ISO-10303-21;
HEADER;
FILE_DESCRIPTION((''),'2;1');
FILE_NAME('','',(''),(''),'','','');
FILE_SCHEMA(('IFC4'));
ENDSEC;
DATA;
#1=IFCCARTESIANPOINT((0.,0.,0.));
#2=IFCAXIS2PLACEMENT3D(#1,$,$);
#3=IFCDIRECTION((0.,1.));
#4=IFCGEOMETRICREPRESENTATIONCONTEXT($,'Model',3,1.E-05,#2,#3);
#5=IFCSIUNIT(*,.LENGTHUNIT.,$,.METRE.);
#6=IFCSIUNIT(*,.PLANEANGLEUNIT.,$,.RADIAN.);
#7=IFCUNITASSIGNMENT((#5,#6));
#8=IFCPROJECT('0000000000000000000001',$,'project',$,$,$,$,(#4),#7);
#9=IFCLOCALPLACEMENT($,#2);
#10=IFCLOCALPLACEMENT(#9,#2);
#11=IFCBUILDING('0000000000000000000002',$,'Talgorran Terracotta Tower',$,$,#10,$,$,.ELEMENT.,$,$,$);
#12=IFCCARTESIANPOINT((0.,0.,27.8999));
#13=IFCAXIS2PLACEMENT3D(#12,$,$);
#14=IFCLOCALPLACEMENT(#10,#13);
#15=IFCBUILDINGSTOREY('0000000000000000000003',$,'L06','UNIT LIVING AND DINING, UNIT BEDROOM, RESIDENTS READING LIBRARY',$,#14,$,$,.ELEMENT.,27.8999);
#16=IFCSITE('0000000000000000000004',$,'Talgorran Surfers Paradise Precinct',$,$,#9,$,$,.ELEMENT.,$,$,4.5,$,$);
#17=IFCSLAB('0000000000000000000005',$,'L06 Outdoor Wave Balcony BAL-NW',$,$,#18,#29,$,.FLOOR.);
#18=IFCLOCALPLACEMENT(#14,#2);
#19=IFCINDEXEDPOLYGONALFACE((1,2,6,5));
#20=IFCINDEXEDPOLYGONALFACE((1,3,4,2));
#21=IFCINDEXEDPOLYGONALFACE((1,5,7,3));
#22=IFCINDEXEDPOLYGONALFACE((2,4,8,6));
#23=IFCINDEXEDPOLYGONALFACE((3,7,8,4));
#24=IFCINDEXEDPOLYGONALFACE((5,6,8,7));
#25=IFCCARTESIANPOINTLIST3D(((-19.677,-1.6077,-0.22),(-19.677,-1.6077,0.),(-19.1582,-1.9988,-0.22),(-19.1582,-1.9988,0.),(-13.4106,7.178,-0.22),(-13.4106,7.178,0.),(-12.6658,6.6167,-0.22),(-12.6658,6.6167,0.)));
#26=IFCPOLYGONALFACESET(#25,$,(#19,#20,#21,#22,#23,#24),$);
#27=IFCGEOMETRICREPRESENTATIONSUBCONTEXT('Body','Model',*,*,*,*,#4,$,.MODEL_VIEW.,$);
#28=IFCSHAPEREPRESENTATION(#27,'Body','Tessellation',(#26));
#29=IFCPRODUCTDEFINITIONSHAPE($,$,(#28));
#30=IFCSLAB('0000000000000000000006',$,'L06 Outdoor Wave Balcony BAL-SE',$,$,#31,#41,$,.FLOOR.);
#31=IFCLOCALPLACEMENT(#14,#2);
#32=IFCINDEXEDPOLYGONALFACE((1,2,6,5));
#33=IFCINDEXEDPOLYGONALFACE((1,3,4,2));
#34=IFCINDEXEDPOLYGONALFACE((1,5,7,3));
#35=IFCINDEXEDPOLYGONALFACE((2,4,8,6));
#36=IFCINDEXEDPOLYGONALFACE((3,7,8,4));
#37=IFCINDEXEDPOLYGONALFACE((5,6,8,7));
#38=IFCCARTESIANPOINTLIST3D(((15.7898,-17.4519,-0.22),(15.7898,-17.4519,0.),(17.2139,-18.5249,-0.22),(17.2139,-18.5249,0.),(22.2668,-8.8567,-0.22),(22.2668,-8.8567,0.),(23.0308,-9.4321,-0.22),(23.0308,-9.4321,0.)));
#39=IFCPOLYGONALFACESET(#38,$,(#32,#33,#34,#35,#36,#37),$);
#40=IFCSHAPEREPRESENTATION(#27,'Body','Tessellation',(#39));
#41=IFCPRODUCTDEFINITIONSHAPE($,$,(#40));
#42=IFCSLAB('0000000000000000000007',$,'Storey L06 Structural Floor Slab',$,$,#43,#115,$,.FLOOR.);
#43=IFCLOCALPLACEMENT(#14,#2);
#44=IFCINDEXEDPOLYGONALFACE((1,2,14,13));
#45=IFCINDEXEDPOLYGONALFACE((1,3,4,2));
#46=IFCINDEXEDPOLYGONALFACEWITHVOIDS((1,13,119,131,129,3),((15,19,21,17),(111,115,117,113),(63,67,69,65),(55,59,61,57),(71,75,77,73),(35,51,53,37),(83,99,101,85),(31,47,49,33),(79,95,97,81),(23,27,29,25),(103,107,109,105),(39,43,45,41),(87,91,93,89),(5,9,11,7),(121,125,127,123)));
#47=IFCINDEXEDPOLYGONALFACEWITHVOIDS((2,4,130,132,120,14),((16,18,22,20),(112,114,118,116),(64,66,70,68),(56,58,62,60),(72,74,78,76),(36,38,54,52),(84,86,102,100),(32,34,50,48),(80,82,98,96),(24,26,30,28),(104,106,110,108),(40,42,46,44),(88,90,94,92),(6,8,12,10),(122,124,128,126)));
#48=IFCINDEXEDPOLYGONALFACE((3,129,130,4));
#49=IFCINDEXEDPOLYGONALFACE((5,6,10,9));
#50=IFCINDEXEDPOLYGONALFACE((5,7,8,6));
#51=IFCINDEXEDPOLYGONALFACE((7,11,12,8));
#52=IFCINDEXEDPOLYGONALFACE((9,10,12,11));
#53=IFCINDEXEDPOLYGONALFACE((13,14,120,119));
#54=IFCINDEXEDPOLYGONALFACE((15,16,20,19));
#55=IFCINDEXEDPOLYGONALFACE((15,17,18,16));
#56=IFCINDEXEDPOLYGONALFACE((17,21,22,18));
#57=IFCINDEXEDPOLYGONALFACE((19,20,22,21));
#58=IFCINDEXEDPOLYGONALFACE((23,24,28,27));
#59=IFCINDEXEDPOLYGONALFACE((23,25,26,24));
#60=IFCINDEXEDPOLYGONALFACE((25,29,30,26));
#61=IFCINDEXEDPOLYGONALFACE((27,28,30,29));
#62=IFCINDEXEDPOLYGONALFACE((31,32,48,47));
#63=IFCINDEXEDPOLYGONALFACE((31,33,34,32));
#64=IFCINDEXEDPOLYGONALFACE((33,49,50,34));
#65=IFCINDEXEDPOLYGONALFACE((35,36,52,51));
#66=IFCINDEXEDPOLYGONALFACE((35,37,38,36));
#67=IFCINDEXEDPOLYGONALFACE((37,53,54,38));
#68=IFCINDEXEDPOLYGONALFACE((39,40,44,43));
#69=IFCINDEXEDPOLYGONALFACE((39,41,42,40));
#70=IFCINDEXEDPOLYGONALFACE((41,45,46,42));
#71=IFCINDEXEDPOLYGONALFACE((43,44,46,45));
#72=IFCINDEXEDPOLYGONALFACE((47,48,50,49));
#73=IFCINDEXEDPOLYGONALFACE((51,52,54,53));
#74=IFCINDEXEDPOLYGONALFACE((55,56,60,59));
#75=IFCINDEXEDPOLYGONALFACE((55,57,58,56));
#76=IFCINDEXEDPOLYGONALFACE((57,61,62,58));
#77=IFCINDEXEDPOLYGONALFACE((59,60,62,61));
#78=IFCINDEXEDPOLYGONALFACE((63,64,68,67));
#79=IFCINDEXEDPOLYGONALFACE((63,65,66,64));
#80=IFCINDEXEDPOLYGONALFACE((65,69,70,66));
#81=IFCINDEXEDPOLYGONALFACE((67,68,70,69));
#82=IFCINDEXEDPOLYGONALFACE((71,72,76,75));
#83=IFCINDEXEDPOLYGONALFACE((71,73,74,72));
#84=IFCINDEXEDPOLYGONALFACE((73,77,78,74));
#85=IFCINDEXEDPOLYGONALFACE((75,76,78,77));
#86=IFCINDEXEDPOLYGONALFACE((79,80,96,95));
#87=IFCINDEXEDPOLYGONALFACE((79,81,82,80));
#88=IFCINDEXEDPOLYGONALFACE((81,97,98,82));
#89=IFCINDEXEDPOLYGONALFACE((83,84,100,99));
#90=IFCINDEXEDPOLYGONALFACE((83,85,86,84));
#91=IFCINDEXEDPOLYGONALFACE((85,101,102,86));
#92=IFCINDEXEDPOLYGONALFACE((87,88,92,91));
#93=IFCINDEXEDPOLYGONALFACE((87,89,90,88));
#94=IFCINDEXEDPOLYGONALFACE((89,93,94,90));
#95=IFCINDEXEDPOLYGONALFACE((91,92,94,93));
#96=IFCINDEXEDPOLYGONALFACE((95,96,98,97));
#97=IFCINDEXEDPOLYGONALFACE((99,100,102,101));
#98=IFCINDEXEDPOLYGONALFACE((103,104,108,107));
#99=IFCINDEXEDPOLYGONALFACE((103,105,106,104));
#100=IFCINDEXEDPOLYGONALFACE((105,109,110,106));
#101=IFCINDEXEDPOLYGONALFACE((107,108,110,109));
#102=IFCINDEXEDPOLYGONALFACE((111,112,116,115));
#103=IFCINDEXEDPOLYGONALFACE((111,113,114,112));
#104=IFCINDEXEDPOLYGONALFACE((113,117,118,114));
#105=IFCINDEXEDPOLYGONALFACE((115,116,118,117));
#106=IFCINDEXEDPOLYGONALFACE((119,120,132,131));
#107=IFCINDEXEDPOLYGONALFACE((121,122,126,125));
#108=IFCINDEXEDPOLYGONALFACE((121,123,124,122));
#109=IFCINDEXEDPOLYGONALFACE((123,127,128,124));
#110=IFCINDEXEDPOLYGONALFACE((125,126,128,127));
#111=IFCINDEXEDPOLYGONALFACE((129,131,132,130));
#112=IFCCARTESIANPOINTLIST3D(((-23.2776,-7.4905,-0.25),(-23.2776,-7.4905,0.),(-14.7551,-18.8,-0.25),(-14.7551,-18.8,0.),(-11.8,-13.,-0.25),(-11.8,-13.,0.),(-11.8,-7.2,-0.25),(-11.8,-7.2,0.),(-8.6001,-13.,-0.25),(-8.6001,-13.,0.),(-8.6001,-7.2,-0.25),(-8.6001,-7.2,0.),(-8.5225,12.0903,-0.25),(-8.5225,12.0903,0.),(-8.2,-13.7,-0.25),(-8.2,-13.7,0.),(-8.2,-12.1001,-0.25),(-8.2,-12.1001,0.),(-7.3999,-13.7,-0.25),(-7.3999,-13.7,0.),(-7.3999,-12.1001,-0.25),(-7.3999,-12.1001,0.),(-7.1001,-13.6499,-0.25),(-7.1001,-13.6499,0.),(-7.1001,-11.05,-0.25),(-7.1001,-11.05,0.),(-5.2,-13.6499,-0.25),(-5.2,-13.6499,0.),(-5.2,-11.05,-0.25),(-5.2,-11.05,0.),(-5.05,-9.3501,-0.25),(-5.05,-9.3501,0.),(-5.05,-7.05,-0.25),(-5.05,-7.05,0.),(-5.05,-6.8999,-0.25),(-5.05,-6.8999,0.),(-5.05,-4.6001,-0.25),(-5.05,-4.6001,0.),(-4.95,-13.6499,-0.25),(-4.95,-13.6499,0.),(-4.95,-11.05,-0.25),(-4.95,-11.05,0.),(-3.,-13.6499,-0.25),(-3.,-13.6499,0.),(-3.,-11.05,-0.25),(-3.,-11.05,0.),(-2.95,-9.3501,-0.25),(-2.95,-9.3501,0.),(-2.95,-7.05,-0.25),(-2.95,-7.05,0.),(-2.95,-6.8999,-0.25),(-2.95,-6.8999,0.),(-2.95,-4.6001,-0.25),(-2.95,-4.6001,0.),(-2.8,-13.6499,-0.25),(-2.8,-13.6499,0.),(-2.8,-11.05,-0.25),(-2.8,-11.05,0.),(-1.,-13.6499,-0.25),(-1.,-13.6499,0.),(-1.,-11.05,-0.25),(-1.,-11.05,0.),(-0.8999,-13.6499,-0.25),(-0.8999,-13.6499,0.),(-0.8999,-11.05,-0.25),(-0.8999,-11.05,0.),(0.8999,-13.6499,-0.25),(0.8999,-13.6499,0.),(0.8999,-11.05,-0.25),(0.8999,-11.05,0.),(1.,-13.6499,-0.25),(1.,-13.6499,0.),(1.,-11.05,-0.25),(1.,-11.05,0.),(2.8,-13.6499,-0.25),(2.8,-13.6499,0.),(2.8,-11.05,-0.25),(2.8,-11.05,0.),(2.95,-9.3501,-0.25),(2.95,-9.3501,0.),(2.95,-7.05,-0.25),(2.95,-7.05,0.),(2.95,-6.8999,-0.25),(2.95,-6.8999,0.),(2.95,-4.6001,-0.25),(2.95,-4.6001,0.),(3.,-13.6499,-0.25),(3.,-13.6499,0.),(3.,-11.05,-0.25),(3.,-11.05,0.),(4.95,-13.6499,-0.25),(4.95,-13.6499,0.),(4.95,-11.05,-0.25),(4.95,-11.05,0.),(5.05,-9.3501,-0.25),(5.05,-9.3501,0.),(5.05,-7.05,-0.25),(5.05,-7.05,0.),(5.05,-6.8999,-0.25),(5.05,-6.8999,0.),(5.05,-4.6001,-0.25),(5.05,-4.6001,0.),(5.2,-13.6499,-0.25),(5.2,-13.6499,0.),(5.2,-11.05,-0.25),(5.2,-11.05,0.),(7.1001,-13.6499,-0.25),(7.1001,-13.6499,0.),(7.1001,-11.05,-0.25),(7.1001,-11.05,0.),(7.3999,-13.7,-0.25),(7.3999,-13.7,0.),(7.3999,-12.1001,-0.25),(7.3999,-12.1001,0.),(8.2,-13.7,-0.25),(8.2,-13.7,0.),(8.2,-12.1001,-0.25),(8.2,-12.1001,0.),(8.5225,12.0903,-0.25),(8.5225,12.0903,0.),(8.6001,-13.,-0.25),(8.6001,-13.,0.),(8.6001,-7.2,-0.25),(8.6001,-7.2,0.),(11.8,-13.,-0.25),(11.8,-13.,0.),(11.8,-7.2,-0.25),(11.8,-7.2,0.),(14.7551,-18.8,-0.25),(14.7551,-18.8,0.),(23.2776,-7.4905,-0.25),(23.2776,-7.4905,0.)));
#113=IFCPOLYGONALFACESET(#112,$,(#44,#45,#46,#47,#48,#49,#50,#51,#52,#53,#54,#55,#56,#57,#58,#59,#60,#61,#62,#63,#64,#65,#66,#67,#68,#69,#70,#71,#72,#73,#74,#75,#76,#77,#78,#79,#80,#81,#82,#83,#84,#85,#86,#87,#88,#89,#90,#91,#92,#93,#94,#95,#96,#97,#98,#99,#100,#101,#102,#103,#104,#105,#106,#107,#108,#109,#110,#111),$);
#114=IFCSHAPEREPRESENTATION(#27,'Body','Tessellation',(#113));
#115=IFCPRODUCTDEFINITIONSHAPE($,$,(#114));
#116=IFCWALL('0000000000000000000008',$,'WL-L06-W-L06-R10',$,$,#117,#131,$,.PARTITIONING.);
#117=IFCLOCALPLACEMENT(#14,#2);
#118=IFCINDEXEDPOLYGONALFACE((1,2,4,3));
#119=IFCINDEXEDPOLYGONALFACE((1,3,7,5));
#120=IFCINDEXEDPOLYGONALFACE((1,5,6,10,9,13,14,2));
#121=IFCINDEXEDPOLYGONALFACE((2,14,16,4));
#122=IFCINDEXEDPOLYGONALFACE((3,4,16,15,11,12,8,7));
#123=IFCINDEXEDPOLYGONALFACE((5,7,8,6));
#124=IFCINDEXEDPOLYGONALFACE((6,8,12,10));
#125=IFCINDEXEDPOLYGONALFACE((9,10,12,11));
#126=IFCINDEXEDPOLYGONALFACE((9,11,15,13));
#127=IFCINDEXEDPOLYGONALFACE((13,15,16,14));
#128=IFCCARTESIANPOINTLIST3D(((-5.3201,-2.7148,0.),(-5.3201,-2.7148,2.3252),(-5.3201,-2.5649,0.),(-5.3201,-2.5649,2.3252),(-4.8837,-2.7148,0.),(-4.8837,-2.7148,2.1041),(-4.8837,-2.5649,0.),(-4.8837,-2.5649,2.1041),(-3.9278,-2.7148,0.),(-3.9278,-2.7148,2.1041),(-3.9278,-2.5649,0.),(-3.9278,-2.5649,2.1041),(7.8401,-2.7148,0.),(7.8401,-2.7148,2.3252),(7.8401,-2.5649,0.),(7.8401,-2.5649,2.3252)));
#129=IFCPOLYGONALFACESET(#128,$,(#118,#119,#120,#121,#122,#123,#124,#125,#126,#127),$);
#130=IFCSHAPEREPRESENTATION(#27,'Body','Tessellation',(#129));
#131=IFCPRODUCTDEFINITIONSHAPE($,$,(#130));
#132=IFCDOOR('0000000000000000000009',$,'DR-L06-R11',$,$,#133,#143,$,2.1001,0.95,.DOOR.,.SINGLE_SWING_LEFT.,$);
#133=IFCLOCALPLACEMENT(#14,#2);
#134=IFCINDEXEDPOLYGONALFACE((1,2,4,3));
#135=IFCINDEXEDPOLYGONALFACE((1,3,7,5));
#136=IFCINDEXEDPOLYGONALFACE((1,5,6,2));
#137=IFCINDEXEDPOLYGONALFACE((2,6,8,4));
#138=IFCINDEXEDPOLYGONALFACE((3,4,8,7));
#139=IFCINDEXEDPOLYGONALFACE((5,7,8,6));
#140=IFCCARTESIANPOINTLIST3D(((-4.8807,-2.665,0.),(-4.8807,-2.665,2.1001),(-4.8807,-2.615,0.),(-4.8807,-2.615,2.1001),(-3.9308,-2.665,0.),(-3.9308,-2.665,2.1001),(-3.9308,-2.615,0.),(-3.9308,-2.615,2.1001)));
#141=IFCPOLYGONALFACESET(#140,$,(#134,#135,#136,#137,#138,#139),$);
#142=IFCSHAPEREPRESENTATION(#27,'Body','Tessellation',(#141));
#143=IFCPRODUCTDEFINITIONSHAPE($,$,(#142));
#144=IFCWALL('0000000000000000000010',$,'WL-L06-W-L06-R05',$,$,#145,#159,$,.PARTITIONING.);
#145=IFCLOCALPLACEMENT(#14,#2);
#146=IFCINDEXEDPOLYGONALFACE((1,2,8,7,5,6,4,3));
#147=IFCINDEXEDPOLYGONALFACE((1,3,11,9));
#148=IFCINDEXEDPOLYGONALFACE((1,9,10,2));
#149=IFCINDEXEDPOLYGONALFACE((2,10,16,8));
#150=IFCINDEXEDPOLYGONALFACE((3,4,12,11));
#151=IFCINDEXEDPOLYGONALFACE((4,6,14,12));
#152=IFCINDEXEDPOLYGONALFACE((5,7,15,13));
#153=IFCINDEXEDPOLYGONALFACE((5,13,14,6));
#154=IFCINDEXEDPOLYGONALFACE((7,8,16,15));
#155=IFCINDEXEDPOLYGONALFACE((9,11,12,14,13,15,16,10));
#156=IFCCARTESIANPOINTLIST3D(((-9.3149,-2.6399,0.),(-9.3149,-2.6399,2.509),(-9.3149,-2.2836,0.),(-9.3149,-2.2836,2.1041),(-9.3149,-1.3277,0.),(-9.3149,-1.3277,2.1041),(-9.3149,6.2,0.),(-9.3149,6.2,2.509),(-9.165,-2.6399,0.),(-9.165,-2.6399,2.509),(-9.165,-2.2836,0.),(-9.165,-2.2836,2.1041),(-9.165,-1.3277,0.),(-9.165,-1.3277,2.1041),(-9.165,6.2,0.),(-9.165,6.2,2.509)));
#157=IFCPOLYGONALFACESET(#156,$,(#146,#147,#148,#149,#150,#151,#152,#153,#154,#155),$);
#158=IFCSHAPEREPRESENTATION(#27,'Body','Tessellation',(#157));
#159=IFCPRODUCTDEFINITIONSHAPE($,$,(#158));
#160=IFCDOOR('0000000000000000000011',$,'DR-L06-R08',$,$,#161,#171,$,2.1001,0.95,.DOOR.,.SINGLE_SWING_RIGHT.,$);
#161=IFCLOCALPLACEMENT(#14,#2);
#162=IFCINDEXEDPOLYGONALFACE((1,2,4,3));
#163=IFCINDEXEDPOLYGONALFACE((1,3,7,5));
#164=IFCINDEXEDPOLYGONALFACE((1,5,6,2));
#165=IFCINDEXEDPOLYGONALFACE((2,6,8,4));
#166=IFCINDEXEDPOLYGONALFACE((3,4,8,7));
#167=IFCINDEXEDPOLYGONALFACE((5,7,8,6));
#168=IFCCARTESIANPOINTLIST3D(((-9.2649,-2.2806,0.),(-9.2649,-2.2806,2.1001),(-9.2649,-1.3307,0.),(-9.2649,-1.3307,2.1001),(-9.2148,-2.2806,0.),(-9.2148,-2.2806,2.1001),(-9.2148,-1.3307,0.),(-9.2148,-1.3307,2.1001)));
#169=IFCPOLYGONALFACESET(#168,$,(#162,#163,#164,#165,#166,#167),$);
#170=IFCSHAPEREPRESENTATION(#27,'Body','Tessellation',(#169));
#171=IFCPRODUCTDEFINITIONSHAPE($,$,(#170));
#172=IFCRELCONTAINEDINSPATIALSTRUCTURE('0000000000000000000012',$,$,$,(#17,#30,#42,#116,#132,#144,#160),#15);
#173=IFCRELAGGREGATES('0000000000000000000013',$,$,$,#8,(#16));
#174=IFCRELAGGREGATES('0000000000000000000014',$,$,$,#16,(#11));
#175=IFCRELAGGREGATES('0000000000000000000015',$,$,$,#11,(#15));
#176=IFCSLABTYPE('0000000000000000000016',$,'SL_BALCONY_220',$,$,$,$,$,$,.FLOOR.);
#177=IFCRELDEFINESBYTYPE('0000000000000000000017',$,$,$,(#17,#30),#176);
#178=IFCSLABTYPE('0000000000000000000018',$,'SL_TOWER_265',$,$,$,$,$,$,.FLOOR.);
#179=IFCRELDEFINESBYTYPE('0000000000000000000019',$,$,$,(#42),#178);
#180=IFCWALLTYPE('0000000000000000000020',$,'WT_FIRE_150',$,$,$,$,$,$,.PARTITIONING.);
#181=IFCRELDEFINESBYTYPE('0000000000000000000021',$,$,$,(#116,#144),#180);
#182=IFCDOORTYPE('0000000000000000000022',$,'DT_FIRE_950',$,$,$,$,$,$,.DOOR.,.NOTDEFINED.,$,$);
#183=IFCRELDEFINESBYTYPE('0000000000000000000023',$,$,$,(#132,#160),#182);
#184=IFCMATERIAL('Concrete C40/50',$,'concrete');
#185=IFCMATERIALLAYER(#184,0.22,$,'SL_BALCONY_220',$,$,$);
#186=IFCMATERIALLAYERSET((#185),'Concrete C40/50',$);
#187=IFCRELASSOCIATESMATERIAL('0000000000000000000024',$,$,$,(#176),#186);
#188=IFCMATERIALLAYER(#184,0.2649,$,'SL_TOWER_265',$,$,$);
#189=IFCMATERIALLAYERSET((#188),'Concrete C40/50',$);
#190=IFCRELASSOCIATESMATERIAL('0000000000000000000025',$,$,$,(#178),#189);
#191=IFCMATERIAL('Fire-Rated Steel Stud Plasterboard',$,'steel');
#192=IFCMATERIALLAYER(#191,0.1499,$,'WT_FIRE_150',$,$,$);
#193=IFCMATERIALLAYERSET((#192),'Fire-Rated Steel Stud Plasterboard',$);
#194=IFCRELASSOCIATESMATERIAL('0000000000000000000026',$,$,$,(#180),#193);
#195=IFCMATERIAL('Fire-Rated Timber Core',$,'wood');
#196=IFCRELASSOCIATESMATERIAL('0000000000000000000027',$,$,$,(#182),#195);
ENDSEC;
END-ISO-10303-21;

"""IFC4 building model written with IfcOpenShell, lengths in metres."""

from ifc_helpers import new_model, si_unit, direction, frame, frame_2d, origin, place, context, subcontext, project, spatial, polyline, rectangle, outline, extrude, material, layer, layer_set, type_object, element, fill, save


model = new_model("IFC4")

# Units and contexts
model_context = context("Model", 3, precision=1e-05, world=origin(), true_north=direction((0.0, 1.0)))
body_context = subcontext(model_context, "Body", "Model", "MODEL_VIEW")
ifc_project = project(units=[si_unit("LENGTHUNIT", "METRE"), si_unit("PLANEANGLEUNIT", "RADIAN")], contexts=[model_context])

# Site, building, storey
site_placement = place(None, origin())
site = spatial("IfcSite", under=ifc_project, at=site_placement, Name="Talgorran Surfers Paradise Precinct", CompositionType="ELEMENT", RefElevation=4.5)
building_placement = place(site_placement, origin())
building = spatial("IfcBuilding", under=site, at=building_placement, Name="Talgorran Terracotta Tower", CompositionType="ELEMENT")
storey_placement = place(building_placement, frame((0.0, 0.0, 27.8999)))
storey = spatial("IfcBuildingStorey", under=building, at=storey_placement, Name="L06", Description="UNIT LIVING AND DINING, UNIT BEDROOM, RESIDENTS READING LIBRARY", CompositionType="ELEMENT", Elevation=27.8999)

# Slabs
ifc_material_1 = material(Name="Concrete C40/50", Category="concrete")
ifc_layer_1 = layer(ifc_material_1, 0.22, Name="SL_BALCONY_220")
ifc_layer_set_1 = layer_set([ifc_layer_1], Name="Concrete C40/50")
slab_type_1 = type_object("IfcSlabType", Name="SL_BALCONY_220", PredefinedType="FLOOR", material=ifc_layer_set_1)
slab_1_placement = place(storey_placement, frame((0.0, 0.0, -0.22)))
element("IfcSlab", 1, at=slab_1_placement, inside=storey, type_object=slab_type_1, Name="L06 Outdoor Wave Balcony BAL-NW", PredefinedType="FLOOR", context=body_context, shape_type="SweptSolid", body=[
    extrude(outline(polyline([(-19.1582, -1.9988), (-12.6658, 6.6167), (-13.4106, 7.178), (-19.677, -1.6077), (-19.1582, -1.9988)])), origin(), (0.0, 0.0, 1.0), 0.22),
])
slab_2_placement = place(storey_placement, frame((0.0, 0.0, -0.22)))
element("IfcSlab", 2, at=slab_2_placement, inside=storey, type_object=slab_type_1, Name="L06 Outdoor Wave Balcony BAL-SE", PredefinedType="FLOOR", context=body_context, shape_type="SweptSolid", body=[
    extrude(outline(polyline([(22.2668, -8.8567), (15.7898, -17.4519), (17.2139, -18.5249), (23.0308, -9.4321), (22.2668, -8.8567)])), origin(), (0.0, 0.0, 1.0), 0.22),
])
ifc_layer_2 = layer(ifc_material_1, 0.2649, Name="SL_TOWER_265")
ifc_layer_set_2 = layer_set([ifc_layer_2], Name="Concrete C40/50")
slab_type_2 = type_object("IfcSlabType", Name="SL_TOWER_265", PredefinedType="FLOOR", material=ifc_layer_set_2)
slab_3_placement = place(storey_placement, frame((0.0, 0.0, -0.25)))
element("IfcSlab", 3, at=slab_3_placement, inside=storey, type_object=slab_type_2, Name="Storey L06 Structural Floor Slab", PredefinedType="FLOOR", context=body_context, shape_type="SweptSolid", body=[
    extrude(outline(polyline([(-23.2776, -7.4905), (-14.7551, -18.8), (14.7551, -18.8), (23.2776, -7.4905), (8.5225, 12.0903), (-8.5225, 12.0903), (-23.2776, -7.4905)]), holes=[polyline([(-11.8, -7.2), (-11.8, -13.0), (-8.6001, -13.0), (-8.6001, -7.2), (-11.8, -7.2)]), polyline([(8.6001, -7.2), (8.6001, -13.0), (11.8, -13.0), (11.8, -7.2), (8.6001, -7.2)]), polyline([(-7.1001, -13.6499), (-5.2, -13.6499), (-5.2, -11.05), (-7.1001, -11.05), (-7.1001, -13.6499)]), polyline([(5.2, -13.6499), (7.1001, -13.6499), (7.1001, -11.05), (5.2, -11.05), (5.2, -13.6499)]), polyline([(3.0, -13.6499), (4.95, -13.6499), (4.95, -11.05), (3.0, -11.05), (3.0, -13.6499)]), polyline([(-4.95, -13.6499), (-3.0, -13.6499), (-3.0, -11.05), (-4.95, -11.05), (-4.95, -13.6499)]), polyline([(-5.05, -9.3501), (-2.95, -9.3501), (-2.95, -7.05), (-5.05, -7.05), (-5.05, -9.3501)]), polyline([(-5.05, -6.8999), (-2.95, -6.8999), (-2.95, -4.6001), (-5.05, -4.6001), (-5.05, -6.8999)]), polyline([(2.95, -9.3501), (5.05, -9.3501), (5.05, -7.05), (2.95, -7.05), (2.95, -9.3501)]), polyline([(2.95, -6.8999), (5.05, -6.8999), (5.05, -4.6001), (2.95, -4.6001), (2.95, -6.8999)]), polyline([(-2.8, -13.6499), (-1.0, -13.6499), (-1.0, -11.05), (-2.8, -11.05), (-2.8, -13.6499)]), polyline([(-0.8999, -13.6499), (0.8999, -13.6499), (0.8999, -11.05), (-0.8999, -11.05), (-0.8999, -13.6499)]), polyline([(1.0, -13.6499), (2.8, -13.6499), (2.8, -11.05), (1.0, -11.05), (1.0, -13.6499)]), polyline([(-8.2, -13.7), (-7.3999, -13.7), (-7.3999, -12.1001), (-8.2, -12.1001), (-8.2, -13.7)]), polyline([(7.3999, -13.7), (8.2, -13.7), (8.2, -12.1001), (7.3999, -12.1001), (7.3999, -13.7)])]), origin(), (0.0, 0.0, 1.0), 0.25),
])

# Walls, openings, doors
ifc_material_2 = material(Name="Fire-Rated Steel Stud Plasterboard", Category="steel")
ifc_layer_3 = layer(ifc_material_2, 0.1499, Name="WT_FIRE_150")
ifc_layer_set_3 = layer_set([ifc_layer_3], Name="Fire-Rated Steel Stud Plasterboard")
wall_type_1 = type_object("IfcWallType", Name="WT_FIRE_150", PredefinedType="PARTITIONING", material=ifc_layer_set_3)
wall_1_placement = place(storey_placement, frame((-5.3201, -2.6399, 0.0), z_axis=(0.0, 0.0, 1.0), x_axis=(1.0, 0.0, 0.0)))
wall_1 = element("IfcWall", 4, at=wall_1_placement, inside=storey, type_object=wall_type_1, Name="WL-L06-W-L06-R10", PredefinedType="PARTITIONING", context=body_context, shape_type="SweptSolid", body=[
    extrude(rectangle(XDim=13.1602, YDim=0.1499, at=frame_2d((6.5801, 0.0))), origin(), (0.0, 0.0, 1.0), 2.3252),
])
opening_1_placement = place(wall_1_placement, frame((0.4392, 0.0, 0.0)))
opening_1 = element("IfcOpeningElement", 5, at=opening_1_placement, cuts=wall_1, PredefinedType="OPENING", context=body_context, shape_type="SweptSolid", body=[
    extrude(rectangle(XDim=0.956, YDim=2.1041, at=frame_2d((0.4751, 1.052))), frame((0.0, 0.085, 0.0), z_axis=(0.0, -1.0, 0.0), x_axis=(1.0, 0.0, 0.0)), (0.0, 0.0, 1.0), 0.1699),
])
ifc_material_3 = material(Name="Fire-Rated Timber Core", Category="wood")
door_type_1 = type_object("IfcDoorType", Name="DT_FIRE_950", OperationType="NOTDEFINED", PredefinedType="DOOR", material=ifc_material_3)
door_1_placement = place(opening_1_placement, origin())
door_1 = element("IfcDoor", 6, at=door_1_placement, inside=storey, type_object=door_type_1, Name="DR-L06-R11", OperationType="SINGLE_SWING_LEFT", OverallHeight=2.1001, OverallWidth=0.95, PredefinedType="DOOR", context=body_context, shape_type="SweptSolid", body=[
    extrude(rectangle(XDim=0.95, YDim=2.1001, at=frame_2d((0.4751, 1.05))), frame((0.0, 0.0249, 0.0), z_axis=(0.0, -1.0, 0.0), x_axis=(1.0, 0.0, 0.0)), (0.0, 0.0, 1.0), 0.05),
])
fill(opening_1, door_1)
wall_2_placement = place(storey_placement, frame((-9.24, -2.6399, 0.0), z_axis=(0.0, 0.0, 1.0), x_axis=(0.0, 1.0, 0.0)))
wall_2 = element("IfcWall", 7, at=wall_2_placement, inside=storey, type_object=wall_type_1, Name="WL-L06-W-L06-R05", PredefinedType="PARTITIONING", context=body_context, shape_type="SweptSolid", body=[
    extrude(rectangle(XDim=8.8398, YDim=0.1499, at=frame_2d((4.4199, 0.0))), origin(), (0.0, 0.0, 1.0), 2.509),
])
opening_2_placement = place(wall_2_placement, frame((0.3591, 0.0, 0.0)))
opening_2 = element("IfcOpeningElement", 8, at=opening_2_placement, cuts=wall_2, PredefinedType="OPENING", context=body_context, shape_type="SweptSolid", body=[
    extrude(rectangle(XDim=0.956, YDim=2.1041, at=frame_2d((0.4751, 1.052))), frame((0.0, 0.085, 0.0), z_axis=(0.0, -1.0, 0.0), x_axis=(1.0, 0.0, 0.0)), (0.0, 0.0, 1.0), 0.1699),
])
door_2_placement = place(opening_2_placement, origin())
door_2 = element("IfcDoor", 9, at=door_2_placement, inside=storey, type_object=door_type_1, Name="DR-L06-R08", OperationType="SINGLE_SWING_RIGHT", OverallHeight=2.1001, OverallWidth=0.95, PredefinedType="DOOR", context=body_context, shape_type="SweptSolid", body=[
    extrude(rectangle(XDim=0.95, YDim=2.1001, at=frame_2d((0.4751, 1.05))), frame((0.0, 0.0249, 0.0), z_axis=(0.0, -1.0, 0.0), x_axis=(1.0, 0.0, 0.0)), (0.0, 0.0, 1.0), 0.05),
])
fill(opening_2, door_2)

save(model, "model.ifc")
